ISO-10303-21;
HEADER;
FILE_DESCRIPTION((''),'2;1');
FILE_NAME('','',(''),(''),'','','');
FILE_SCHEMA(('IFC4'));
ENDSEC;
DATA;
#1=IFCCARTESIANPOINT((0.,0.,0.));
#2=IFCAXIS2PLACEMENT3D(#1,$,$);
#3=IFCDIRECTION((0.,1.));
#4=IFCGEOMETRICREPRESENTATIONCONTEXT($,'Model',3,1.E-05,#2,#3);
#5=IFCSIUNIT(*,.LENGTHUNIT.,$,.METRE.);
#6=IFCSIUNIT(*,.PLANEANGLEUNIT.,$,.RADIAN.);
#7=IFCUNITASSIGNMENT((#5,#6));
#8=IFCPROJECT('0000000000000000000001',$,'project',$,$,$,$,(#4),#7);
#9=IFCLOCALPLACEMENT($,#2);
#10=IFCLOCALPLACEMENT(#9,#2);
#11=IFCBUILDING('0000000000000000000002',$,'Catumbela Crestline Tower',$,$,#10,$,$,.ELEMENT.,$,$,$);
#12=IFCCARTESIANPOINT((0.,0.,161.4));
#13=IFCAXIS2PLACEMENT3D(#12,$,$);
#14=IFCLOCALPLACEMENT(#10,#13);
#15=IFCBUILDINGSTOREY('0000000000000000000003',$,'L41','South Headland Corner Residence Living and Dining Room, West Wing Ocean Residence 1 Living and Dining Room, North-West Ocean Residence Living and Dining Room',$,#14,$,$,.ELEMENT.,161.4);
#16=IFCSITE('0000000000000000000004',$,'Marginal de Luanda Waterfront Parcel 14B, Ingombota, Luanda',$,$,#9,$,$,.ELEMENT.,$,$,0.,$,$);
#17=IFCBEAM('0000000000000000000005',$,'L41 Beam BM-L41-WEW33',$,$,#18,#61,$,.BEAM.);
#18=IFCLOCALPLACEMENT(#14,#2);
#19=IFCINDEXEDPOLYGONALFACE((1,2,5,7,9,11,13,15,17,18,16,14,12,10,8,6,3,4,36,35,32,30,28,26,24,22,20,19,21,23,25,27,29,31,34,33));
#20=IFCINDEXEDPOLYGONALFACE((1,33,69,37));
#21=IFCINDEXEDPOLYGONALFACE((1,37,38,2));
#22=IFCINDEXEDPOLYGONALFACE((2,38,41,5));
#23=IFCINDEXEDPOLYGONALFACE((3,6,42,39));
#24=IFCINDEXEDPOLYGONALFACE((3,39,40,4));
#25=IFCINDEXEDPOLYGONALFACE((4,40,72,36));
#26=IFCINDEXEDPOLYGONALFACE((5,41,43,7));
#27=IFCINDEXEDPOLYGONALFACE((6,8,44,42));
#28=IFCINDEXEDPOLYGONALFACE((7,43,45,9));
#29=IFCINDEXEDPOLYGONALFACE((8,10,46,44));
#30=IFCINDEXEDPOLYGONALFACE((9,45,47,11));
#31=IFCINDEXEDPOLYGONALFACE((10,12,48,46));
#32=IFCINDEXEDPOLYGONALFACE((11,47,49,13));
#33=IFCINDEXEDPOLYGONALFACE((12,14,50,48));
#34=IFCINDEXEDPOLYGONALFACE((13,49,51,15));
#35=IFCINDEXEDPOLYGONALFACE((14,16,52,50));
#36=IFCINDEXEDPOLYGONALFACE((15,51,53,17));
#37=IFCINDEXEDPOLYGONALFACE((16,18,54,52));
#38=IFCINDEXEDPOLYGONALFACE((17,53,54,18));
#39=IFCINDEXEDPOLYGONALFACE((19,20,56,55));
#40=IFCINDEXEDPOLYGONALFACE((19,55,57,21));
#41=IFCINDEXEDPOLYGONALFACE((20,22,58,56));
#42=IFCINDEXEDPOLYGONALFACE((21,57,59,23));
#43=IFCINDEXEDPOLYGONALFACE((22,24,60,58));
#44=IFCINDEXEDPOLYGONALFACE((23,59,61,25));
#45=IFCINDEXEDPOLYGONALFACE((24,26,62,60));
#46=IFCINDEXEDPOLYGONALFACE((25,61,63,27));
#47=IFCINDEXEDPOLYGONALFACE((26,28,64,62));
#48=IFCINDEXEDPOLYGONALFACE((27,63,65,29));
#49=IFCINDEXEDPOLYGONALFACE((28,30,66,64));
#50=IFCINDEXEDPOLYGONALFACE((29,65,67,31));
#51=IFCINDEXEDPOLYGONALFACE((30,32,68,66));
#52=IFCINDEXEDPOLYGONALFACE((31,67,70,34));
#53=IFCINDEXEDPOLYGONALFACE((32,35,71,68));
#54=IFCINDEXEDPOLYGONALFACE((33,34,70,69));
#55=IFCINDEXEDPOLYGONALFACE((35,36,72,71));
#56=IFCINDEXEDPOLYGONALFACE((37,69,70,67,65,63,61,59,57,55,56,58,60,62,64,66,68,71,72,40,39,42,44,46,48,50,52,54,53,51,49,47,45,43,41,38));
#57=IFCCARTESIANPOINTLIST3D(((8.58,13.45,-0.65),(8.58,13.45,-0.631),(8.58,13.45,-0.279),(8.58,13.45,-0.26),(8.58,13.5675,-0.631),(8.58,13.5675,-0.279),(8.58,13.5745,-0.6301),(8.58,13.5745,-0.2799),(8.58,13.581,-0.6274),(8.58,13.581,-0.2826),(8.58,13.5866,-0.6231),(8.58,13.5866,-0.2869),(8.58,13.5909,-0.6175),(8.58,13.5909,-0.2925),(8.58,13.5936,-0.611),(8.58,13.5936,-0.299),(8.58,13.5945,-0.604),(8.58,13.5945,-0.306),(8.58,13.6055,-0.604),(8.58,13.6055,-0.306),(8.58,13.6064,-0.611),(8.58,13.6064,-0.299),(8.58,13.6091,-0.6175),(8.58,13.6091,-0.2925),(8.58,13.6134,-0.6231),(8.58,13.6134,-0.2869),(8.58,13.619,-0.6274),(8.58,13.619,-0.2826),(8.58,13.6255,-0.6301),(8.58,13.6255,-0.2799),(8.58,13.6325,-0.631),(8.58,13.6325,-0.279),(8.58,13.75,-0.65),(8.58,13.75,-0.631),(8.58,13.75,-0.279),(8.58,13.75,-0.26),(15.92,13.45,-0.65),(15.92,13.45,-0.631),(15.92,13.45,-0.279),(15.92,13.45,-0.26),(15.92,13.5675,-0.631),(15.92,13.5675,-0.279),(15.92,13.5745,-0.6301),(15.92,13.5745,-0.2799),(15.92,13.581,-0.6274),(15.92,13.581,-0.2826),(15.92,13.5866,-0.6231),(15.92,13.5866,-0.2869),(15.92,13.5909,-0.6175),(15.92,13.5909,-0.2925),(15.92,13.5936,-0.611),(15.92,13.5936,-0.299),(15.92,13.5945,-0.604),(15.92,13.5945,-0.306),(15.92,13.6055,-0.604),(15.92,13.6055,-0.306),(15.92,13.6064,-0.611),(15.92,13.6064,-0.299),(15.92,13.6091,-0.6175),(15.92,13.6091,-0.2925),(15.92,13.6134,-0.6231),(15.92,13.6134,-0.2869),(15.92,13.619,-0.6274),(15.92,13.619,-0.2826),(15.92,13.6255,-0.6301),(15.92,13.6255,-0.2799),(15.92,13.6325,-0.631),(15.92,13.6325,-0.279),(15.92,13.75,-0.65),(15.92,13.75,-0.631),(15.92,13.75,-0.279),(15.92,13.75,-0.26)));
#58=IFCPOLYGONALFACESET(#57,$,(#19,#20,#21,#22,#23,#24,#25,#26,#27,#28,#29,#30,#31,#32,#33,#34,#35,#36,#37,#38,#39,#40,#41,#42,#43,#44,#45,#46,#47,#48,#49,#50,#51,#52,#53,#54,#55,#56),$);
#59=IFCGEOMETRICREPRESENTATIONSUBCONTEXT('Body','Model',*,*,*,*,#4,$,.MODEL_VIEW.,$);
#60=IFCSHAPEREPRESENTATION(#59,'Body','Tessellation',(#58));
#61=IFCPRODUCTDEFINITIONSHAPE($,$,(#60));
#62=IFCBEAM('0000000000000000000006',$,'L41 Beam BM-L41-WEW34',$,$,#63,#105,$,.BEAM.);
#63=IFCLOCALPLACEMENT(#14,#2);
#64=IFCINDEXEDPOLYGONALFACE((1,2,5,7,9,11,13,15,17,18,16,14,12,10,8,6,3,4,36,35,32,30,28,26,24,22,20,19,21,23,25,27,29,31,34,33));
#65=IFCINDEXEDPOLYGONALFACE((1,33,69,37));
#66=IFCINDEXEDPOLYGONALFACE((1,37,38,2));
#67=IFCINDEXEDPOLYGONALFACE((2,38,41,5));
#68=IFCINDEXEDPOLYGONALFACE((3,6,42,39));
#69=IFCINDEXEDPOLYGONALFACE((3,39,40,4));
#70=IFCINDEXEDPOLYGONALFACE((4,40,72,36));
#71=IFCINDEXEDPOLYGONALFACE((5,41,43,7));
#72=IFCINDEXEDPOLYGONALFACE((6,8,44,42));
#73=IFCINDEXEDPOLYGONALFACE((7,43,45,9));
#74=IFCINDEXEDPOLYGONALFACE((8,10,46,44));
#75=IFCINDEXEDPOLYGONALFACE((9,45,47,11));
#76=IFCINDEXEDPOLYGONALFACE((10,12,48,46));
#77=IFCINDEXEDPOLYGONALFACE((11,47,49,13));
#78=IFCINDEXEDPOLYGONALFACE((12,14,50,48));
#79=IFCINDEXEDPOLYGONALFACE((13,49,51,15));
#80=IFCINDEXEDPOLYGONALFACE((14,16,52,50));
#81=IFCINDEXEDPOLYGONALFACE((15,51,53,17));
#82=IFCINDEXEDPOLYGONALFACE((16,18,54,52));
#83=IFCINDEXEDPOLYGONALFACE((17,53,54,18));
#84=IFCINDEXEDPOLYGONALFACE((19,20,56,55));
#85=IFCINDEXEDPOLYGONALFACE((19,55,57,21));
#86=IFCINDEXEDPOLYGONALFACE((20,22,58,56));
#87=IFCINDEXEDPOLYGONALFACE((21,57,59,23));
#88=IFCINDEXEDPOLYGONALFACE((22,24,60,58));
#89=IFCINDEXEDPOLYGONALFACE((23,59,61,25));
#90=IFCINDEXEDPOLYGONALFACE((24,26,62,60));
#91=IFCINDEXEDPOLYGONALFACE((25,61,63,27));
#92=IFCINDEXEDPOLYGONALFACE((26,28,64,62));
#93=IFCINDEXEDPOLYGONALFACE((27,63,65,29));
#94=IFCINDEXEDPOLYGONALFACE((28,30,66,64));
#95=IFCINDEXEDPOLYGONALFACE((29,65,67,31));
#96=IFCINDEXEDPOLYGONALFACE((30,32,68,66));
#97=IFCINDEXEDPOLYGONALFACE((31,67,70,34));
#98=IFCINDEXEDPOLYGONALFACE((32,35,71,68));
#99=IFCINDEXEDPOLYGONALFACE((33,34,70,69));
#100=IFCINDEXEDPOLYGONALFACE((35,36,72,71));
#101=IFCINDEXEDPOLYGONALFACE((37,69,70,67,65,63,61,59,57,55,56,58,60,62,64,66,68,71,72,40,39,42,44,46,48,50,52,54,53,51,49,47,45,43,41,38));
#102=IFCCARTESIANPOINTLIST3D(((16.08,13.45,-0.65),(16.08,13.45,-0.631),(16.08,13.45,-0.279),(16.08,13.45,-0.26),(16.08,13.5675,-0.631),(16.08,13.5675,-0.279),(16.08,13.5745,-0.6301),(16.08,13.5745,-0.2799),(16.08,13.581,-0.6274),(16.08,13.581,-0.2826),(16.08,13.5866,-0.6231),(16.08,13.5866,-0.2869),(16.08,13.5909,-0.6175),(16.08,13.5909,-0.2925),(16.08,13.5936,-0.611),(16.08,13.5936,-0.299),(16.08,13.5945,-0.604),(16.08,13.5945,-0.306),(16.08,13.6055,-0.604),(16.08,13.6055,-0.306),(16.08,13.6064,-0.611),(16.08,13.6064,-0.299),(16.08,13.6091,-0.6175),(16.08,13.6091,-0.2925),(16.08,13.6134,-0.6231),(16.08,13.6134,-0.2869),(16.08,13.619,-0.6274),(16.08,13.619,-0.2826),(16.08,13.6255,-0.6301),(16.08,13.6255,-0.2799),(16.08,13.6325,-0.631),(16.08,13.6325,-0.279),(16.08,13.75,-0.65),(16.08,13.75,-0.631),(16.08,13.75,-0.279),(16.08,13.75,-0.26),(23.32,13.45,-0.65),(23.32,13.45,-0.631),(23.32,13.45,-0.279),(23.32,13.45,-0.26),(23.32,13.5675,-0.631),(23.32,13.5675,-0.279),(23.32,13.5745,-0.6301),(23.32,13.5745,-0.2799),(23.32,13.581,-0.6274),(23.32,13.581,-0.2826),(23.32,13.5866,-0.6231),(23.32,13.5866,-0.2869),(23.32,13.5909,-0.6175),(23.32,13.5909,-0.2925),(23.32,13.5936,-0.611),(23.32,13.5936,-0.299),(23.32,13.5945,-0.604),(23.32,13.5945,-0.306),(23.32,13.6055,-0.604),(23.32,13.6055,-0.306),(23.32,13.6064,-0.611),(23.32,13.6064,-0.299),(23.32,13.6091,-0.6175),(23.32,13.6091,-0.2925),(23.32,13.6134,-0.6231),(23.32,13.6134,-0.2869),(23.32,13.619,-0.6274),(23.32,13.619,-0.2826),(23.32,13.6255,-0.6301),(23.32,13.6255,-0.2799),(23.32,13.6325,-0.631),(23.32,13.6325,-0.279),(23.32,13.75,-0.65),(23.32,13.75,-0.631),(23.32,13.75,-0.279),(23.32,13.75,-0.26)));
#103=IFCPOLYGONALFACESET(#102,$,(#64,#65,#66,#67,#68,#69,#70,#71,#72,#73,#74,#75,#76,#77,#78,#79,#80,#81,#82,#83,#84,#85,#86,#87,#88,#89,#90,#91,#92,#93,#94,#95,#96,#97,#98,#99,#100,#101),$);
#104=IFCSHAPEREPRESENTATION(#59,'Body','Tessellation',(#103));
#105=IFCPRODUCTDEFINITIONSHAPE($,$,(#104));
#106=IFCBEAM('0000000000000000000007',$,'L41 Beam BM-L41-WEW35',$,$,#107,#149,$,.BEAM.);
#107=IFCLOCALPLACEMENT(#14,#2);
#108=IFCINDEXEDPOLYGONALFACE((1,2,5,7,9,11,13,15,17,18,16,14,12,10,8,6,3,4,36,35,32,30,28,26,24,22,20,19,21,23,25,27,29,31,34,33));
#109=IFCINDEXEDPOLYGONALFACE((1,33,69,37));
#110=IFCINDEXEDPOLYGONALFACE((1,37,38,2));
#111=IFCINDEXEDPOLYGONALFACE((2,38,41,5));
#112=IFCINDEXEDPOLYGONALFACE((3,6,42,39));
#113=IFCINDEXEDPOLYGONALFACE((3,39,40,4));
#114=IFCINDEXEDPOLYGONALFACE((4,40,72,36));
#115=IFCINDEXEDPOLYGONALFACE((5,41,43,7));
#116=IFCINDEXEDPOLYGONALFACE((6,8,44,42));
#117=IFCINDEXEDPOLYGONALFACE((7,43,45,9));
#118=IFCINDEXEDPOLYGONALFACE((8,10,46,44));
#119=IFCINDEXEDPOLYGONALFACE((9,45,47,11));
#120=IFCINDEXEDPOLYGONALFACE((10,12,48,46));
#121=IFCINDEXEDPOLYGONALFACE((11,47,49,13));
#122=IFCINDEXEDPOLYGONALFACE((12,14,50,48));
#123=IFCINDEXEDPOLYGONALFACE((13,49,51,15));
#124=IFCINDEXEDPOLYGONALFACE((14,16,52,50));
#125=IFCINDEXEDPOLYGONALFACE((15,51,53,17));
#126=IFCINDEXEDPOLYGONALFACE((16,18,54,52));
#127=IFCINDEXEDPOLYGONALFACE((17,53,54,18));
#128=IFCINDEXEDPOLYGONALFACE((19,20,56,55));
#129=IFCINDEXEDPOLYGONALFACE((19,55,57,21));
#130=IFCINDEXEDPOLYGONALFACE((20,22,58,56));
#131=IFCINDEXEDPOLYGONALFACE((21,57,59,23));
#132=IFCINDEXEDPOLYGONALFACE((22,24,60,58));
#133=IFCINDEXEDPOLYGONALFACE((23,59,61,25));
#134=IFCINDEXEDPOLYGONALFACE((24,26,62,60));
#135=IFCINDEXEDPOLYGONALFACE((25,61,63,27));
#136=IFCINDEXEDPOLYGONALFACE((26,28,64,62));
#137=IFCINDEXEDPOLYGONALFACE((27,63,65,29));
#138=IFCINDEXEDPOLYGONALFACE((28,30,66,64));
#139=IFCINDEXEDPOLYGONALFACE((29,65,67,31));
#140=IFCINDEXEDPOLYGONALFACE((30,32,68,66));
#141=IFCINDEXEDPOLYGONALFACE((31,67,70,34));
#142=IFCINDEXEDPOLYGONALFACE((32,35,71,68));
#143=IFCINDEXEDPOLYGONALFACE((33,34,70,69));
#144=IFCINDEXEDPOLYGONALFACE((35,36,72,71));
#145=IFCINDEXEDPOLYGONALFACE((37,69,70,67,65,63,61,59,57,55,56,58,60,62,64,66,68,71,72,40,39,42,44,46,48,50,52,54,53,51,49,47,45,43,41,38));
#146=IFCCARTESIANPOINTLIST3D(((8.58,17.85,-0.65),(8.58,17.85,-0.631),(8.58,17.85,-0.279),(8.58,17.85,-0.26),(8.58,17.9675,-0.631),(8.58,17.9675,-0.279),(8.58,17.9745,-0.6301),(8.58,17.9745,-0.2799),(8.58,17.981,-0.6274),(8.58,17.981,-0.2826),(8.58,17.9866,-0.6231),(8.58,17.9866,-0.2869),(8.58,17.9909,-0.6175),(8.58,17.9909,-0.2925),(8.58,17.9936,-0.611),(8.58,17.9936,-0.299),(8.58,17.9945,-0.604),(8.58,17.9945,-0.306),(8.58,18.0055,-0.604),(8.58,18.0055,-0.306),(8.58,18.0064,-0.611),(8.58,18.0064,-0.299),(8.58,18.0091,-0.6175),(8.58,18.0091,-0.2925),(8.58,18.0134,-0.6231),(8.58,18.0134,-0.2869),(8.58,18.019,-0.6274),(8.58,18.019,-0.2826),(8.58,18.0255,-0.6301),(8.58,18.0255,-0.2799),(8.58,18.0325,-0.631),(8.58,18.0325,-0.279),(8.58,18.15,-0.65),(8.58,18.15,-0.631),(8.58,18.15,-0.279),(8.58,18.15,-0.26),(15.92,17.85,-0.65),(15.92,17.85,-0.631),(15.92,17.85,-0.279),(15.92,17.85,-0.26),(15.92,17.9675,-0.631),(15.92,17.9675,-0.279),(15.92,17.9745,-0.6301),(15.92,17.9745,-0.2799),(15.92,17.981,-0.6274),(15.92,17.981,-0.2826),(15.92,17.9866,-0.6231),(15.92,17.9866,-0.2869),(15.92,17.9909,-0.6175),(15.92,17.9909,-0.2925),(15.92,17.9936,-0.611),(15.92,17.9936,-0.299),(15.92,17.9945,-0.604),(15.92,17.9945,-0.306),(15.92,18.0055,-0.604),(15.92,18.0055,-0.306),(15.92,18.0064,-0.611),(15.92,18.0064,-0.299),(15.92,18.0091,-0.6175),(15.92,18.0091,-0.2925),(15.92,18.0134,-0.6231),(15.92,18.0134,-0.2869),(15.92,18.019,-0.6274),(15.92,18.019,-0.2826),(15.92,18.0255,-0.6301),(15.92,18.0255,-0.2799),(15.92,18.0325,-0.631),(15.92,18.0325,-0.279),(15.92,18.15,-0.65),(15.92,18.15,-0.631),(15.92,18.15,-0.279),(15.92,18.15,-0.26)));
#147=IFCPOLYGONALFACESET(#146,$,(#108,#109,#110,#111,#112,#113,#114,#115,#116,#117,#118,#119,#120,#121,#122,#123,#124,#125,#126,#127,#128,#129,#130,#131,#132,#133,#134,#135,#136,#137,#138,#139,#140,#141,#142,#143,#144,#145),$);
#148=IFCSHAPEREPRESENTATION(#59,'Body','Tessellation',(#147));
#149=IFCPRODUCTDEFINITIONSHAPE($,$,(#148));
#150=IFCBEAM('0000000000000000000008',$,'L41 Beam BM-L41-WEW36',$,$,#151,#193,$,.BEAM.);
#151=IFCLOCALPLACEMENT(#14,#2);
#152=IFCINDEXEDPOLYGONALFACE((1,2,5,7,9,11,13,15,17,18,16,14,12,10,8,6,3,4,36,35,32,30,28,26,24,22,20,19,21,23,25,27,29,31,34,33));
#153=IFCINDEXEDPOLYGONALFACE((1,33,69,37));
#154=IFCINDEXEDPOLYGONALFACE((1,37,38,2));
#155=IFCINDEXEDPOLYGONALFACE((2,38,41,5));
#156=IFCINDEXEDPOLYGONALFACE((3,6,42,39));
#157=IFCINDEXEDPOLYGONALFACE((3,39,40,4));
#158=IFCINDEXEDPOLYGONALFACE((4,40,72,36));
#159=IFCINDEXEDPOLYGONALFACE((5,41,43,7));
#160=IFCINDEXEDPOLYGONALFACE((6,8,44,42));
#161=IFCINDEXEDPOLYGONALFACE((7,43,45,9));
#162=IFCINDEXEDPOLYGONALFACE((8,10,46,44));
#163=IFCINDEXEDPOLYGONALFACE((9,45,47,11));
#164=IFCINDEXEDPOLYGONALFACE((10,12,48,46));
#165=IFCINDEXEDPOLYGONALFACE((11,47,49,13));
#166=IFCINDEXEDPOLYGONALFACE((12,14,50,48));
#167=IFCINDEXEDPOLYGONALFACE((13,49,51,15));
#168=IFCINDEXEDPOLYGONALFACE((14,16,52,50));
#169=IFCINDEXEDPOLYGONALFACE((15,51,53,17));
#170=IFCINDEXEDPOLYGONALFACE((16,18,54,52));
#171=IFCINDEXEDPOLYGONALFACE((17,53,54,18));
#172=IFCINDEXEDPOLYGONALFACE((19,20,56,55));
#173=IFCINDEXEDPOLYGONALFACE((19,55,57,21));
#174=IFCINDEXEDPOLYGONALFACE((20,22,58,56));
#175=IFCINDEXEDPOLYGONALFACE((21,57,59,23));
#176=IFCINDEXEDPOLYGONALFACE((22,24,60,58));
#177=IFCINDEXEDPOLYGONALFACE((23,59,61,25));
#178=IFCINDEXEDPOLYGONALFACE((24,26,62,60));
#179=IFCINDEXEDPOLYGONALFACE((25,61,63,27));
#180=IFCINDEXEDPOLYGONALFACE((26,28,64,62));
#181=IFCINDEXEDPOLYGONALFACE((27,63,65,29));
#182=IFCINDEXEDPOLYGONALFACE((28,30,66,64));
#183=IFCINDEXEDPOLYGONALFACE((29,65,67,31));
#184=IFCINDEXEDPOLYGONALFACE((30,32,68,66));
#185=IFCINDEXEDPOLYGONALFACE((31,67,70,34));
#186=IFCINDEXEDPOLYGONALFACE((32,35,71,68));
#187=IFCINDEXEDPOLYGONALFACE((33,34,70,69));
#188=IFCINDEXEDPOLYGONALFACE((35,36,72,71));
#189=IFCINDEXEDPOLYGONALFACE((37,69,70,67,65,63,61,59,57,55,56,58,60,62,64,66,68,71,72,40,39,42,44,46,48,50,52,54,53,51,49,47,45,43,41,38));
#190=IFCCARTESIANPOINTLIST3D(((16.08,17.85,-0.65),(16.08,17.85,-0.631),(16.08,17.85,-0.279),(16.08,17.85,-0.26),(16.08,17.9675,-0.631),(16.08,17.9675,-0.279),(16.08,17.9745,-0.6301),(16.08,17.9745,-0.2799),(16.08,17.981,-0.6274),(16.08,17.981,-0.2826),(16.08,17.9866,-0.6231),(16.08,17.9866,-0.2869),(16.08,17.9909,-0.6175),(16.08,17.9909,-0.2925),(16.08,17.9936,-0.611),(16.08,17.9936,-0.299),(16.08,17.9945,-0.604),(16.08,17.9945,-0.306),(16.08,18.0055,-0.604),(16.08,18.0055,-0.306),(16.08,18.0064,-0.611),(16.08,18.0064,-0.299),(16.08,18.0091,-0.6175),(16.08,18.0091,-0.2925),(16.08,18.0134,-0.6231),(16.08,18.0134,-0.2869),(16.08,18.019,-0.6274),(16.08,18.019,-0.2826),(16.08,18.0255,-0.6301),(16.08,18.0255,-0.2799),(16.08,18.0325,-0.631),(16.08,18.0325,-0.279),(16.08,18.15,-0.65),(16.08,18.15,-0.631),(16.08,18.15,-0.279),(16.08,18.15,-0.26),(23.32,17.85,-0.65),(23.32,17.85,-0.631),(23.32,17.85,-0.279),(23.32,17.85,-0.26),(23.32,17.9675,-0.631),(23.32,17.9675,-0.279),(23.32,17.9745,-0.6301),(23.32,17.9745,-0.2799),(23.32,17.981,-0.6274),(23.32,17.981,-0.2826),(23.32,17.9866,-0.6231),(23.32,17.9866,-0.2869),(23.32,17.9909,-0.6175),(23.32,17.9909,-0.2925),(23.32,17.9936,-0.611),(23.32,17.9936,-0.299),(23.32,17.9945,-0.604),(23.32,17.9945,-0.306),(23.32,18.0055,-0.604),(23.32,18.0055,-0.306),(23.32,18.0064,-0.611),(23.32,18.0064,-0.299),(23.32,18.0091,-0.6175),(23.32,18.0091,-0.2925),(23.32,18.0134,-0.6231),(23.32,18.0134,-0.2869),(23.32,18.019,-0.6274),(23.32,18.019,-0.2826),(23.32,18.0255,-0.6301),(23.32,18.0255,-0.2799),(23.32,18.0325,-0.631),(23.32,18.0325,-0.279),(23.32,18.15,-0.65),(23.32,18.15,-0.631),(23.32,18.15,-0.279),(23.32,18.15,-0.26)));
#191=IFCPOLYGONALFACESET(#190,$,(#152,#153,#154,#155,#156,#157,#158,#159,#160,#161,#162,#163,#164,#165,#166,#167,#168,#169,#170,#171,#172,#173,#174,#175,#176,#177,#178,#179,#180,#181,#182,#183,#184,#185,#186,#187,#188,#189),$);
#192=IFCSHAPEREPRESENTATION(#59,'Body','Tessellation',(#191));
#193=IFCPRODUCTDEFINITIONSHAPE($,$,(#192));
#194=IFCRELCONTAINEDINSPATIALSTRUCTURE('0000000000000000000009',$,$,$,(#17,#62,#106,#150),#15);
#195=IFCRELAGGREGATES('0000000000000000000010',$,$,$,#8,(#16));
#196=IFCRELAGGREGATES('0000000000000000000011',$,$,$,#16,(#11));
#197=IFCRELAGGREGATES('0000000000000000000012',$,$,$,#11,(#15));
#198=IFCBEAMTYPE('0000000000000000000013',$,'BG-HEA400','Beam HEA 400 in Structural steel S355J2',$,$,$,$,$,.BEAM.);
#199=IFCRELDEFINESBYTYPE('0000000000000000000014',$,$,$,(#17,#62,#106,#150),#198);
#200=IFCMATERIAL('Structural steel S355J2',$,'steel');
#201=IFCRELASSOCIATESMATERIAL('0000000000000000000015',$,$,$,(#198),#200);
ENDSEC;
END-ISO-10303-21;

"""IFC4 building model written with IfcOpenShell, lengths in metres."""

from ifc_helpers import new_model, si_unit, direction, frame, origin, origin_2d, place, context, subcontext, project, spatial, i_section, extrude, material, material_profile, profile_set, type_object, element, save


model = new_model("IFC4")

# Units and contexts
model_context = context("Model", 3, precision=1e-05, world=origin(), true_north=direction((0.0, 1.0)))
body_context = subcontext(model_context, "Body", "Model", "MODEL_VIEW")
ifc_project = project(units=[si_unit("LENGTHUNIT", "METRE"), si_unit("PLANEANGLEUNIT", "RADIAN")], contexts=[model_context])

# Site, building, storey
site_placement = place(None, origin())
site = spatial("IfcSite", under=ifc_project, at=site_placement, Name="Marginal de Luanda Waterfront Parcel 14B, Ingombota, Luanda", CompositionType="ELEMENT", RefElevation=0.0)
building_placement = place(site_placement, origin())
building = spatial("IfcBuilding", under=site, at=building_placement, Name="Catumbela Crestline Tower", CompositionType="ELEMENT")
storey_placement = place(building_placement, frame((0.0, 0.0, 161.4)))
storey = spatial("IfcBuildingStorey", under=building, at=storey_placement, Name="L41", Description="South Headland Corner Residence Living and Dining Room, West Wing Ocean Residence 1 Living and Dining Room, North-West Ocean Residence Living and Dining Room", CompositionType="ELEMENT", Elevation=161.4)

# Shared definitions
ifc_material_1 = material(Name="Structural steel S355J2", Category="steel")

# Beams
ifc_material_profile_1 = material_profile(ifc_material_1, i_section(OverallWidth=0.3, OverallDepth=0.39, WebThickness=0.011, FlangeThickness=0.019, FilletRadius=0.027, at=origin_2d()), Name="HEA 400")
ifc_profile_set_1 = profile_set([ifc_material_profile_1], Name="Structural steel S355J2")
beam_type_1 = type_object("IfcBeamType", Name="BG-HEA400", Description="Beam HEA 400 in Structural steel S355J2", PredefinedType="BEAM", material=ifc_profile_set_1)
beam_1_placement = place(storey_placement, frame((8.58, 13.6, -0.455), z_axis=(1.0, 0.0, 0.0), x_axis=(0.0, 1.0, 0.0)))
element("IfcBeam", 1, at=beam_1_placement, inside=storey, type_object=beam_type_1, Name="L41 Beam BM-L41-WEW33", PredefinedType="BEAM", context=body_context, shape_type="SweptSolid", body=[
    extrude(i_section(OverallWidth=0.3, OverallDepth=0.39, WebThickness=0.011, FlangeThickness=0.019, FilletRadius=0.027, at=origin_2d()), origin(), (0.0, 0.0, 1.0), 7.34),
])
beam_2_placement = place(storey_placement, frame((16.08, 13.6, -0.455), z_axis=(1.0, 0.0, 0.0), x_axis=(0.0, 1.0, 0.0)))
element("IfcBeam", 2, at=beam_2_placement, inside=storey, type_object=beam_type_1, Name="L41 Beam BM-L41-WEW34", PredefinedType="BEAM", context=body_context, shape_type="SweptSolid", body=[
    extrude(i_section(OverallWidth=0.3, OverallDepth=0.39, WebThickness=0.011, FlangeThickness=0.019, FilletRadius=0.027, at=origin_2d()), origin(), (0.0, 0.0, 1.0), 7.24),
])
beam_3_placement = place(storey_placement, frame((8.58, 18.0, -0.455), z_axis=(1.0, 0.0, 0.0), x_axis=(0.0, 1.0, 0.0)))
element("IfcBeam", 3, at=beam_3_placement, inside=storey, type_object=beam_type_1, Name="L41 Beam BM-L41-WEW35", PredefinedType="BEAM", context=body_context, shape_type="SweptSolid", body=[
    extrude(i_section(OverallWidth=0.3, OverallDepth=0.39, WebThickness=0.011, FlangeThickness=0.019, FilletRadius=0.027, at=origin_2d()), origin(), (0.0, 0.0, 1.0), 7.34),
])
beam_4_placement = place(storey_placement, frame((16.08, 18.0, -0.455), z_axis=(1.0, 0.0, 0.0), x_axis=(0.0, 1.0, 0.0)))
element("IfcBeam", 4, at=beam_4_placement, inside=storey, type_object=beam_type_1, Name="L41 Beam BM-L41-WEW36", PredefinedType="BEAM", context=body_context, shape_type="SweptSolid", body=[
    extrude(i_section(OverallWidth=0.3, OverallDepth=0.39, WebThickness=0.011, FlangeThickness=0.019, FilletRadius=0.027, at=origin_2d()), origin(), (0.0, 0.0, 1.0), 7.24),
])

save(model, "model.ifc")
